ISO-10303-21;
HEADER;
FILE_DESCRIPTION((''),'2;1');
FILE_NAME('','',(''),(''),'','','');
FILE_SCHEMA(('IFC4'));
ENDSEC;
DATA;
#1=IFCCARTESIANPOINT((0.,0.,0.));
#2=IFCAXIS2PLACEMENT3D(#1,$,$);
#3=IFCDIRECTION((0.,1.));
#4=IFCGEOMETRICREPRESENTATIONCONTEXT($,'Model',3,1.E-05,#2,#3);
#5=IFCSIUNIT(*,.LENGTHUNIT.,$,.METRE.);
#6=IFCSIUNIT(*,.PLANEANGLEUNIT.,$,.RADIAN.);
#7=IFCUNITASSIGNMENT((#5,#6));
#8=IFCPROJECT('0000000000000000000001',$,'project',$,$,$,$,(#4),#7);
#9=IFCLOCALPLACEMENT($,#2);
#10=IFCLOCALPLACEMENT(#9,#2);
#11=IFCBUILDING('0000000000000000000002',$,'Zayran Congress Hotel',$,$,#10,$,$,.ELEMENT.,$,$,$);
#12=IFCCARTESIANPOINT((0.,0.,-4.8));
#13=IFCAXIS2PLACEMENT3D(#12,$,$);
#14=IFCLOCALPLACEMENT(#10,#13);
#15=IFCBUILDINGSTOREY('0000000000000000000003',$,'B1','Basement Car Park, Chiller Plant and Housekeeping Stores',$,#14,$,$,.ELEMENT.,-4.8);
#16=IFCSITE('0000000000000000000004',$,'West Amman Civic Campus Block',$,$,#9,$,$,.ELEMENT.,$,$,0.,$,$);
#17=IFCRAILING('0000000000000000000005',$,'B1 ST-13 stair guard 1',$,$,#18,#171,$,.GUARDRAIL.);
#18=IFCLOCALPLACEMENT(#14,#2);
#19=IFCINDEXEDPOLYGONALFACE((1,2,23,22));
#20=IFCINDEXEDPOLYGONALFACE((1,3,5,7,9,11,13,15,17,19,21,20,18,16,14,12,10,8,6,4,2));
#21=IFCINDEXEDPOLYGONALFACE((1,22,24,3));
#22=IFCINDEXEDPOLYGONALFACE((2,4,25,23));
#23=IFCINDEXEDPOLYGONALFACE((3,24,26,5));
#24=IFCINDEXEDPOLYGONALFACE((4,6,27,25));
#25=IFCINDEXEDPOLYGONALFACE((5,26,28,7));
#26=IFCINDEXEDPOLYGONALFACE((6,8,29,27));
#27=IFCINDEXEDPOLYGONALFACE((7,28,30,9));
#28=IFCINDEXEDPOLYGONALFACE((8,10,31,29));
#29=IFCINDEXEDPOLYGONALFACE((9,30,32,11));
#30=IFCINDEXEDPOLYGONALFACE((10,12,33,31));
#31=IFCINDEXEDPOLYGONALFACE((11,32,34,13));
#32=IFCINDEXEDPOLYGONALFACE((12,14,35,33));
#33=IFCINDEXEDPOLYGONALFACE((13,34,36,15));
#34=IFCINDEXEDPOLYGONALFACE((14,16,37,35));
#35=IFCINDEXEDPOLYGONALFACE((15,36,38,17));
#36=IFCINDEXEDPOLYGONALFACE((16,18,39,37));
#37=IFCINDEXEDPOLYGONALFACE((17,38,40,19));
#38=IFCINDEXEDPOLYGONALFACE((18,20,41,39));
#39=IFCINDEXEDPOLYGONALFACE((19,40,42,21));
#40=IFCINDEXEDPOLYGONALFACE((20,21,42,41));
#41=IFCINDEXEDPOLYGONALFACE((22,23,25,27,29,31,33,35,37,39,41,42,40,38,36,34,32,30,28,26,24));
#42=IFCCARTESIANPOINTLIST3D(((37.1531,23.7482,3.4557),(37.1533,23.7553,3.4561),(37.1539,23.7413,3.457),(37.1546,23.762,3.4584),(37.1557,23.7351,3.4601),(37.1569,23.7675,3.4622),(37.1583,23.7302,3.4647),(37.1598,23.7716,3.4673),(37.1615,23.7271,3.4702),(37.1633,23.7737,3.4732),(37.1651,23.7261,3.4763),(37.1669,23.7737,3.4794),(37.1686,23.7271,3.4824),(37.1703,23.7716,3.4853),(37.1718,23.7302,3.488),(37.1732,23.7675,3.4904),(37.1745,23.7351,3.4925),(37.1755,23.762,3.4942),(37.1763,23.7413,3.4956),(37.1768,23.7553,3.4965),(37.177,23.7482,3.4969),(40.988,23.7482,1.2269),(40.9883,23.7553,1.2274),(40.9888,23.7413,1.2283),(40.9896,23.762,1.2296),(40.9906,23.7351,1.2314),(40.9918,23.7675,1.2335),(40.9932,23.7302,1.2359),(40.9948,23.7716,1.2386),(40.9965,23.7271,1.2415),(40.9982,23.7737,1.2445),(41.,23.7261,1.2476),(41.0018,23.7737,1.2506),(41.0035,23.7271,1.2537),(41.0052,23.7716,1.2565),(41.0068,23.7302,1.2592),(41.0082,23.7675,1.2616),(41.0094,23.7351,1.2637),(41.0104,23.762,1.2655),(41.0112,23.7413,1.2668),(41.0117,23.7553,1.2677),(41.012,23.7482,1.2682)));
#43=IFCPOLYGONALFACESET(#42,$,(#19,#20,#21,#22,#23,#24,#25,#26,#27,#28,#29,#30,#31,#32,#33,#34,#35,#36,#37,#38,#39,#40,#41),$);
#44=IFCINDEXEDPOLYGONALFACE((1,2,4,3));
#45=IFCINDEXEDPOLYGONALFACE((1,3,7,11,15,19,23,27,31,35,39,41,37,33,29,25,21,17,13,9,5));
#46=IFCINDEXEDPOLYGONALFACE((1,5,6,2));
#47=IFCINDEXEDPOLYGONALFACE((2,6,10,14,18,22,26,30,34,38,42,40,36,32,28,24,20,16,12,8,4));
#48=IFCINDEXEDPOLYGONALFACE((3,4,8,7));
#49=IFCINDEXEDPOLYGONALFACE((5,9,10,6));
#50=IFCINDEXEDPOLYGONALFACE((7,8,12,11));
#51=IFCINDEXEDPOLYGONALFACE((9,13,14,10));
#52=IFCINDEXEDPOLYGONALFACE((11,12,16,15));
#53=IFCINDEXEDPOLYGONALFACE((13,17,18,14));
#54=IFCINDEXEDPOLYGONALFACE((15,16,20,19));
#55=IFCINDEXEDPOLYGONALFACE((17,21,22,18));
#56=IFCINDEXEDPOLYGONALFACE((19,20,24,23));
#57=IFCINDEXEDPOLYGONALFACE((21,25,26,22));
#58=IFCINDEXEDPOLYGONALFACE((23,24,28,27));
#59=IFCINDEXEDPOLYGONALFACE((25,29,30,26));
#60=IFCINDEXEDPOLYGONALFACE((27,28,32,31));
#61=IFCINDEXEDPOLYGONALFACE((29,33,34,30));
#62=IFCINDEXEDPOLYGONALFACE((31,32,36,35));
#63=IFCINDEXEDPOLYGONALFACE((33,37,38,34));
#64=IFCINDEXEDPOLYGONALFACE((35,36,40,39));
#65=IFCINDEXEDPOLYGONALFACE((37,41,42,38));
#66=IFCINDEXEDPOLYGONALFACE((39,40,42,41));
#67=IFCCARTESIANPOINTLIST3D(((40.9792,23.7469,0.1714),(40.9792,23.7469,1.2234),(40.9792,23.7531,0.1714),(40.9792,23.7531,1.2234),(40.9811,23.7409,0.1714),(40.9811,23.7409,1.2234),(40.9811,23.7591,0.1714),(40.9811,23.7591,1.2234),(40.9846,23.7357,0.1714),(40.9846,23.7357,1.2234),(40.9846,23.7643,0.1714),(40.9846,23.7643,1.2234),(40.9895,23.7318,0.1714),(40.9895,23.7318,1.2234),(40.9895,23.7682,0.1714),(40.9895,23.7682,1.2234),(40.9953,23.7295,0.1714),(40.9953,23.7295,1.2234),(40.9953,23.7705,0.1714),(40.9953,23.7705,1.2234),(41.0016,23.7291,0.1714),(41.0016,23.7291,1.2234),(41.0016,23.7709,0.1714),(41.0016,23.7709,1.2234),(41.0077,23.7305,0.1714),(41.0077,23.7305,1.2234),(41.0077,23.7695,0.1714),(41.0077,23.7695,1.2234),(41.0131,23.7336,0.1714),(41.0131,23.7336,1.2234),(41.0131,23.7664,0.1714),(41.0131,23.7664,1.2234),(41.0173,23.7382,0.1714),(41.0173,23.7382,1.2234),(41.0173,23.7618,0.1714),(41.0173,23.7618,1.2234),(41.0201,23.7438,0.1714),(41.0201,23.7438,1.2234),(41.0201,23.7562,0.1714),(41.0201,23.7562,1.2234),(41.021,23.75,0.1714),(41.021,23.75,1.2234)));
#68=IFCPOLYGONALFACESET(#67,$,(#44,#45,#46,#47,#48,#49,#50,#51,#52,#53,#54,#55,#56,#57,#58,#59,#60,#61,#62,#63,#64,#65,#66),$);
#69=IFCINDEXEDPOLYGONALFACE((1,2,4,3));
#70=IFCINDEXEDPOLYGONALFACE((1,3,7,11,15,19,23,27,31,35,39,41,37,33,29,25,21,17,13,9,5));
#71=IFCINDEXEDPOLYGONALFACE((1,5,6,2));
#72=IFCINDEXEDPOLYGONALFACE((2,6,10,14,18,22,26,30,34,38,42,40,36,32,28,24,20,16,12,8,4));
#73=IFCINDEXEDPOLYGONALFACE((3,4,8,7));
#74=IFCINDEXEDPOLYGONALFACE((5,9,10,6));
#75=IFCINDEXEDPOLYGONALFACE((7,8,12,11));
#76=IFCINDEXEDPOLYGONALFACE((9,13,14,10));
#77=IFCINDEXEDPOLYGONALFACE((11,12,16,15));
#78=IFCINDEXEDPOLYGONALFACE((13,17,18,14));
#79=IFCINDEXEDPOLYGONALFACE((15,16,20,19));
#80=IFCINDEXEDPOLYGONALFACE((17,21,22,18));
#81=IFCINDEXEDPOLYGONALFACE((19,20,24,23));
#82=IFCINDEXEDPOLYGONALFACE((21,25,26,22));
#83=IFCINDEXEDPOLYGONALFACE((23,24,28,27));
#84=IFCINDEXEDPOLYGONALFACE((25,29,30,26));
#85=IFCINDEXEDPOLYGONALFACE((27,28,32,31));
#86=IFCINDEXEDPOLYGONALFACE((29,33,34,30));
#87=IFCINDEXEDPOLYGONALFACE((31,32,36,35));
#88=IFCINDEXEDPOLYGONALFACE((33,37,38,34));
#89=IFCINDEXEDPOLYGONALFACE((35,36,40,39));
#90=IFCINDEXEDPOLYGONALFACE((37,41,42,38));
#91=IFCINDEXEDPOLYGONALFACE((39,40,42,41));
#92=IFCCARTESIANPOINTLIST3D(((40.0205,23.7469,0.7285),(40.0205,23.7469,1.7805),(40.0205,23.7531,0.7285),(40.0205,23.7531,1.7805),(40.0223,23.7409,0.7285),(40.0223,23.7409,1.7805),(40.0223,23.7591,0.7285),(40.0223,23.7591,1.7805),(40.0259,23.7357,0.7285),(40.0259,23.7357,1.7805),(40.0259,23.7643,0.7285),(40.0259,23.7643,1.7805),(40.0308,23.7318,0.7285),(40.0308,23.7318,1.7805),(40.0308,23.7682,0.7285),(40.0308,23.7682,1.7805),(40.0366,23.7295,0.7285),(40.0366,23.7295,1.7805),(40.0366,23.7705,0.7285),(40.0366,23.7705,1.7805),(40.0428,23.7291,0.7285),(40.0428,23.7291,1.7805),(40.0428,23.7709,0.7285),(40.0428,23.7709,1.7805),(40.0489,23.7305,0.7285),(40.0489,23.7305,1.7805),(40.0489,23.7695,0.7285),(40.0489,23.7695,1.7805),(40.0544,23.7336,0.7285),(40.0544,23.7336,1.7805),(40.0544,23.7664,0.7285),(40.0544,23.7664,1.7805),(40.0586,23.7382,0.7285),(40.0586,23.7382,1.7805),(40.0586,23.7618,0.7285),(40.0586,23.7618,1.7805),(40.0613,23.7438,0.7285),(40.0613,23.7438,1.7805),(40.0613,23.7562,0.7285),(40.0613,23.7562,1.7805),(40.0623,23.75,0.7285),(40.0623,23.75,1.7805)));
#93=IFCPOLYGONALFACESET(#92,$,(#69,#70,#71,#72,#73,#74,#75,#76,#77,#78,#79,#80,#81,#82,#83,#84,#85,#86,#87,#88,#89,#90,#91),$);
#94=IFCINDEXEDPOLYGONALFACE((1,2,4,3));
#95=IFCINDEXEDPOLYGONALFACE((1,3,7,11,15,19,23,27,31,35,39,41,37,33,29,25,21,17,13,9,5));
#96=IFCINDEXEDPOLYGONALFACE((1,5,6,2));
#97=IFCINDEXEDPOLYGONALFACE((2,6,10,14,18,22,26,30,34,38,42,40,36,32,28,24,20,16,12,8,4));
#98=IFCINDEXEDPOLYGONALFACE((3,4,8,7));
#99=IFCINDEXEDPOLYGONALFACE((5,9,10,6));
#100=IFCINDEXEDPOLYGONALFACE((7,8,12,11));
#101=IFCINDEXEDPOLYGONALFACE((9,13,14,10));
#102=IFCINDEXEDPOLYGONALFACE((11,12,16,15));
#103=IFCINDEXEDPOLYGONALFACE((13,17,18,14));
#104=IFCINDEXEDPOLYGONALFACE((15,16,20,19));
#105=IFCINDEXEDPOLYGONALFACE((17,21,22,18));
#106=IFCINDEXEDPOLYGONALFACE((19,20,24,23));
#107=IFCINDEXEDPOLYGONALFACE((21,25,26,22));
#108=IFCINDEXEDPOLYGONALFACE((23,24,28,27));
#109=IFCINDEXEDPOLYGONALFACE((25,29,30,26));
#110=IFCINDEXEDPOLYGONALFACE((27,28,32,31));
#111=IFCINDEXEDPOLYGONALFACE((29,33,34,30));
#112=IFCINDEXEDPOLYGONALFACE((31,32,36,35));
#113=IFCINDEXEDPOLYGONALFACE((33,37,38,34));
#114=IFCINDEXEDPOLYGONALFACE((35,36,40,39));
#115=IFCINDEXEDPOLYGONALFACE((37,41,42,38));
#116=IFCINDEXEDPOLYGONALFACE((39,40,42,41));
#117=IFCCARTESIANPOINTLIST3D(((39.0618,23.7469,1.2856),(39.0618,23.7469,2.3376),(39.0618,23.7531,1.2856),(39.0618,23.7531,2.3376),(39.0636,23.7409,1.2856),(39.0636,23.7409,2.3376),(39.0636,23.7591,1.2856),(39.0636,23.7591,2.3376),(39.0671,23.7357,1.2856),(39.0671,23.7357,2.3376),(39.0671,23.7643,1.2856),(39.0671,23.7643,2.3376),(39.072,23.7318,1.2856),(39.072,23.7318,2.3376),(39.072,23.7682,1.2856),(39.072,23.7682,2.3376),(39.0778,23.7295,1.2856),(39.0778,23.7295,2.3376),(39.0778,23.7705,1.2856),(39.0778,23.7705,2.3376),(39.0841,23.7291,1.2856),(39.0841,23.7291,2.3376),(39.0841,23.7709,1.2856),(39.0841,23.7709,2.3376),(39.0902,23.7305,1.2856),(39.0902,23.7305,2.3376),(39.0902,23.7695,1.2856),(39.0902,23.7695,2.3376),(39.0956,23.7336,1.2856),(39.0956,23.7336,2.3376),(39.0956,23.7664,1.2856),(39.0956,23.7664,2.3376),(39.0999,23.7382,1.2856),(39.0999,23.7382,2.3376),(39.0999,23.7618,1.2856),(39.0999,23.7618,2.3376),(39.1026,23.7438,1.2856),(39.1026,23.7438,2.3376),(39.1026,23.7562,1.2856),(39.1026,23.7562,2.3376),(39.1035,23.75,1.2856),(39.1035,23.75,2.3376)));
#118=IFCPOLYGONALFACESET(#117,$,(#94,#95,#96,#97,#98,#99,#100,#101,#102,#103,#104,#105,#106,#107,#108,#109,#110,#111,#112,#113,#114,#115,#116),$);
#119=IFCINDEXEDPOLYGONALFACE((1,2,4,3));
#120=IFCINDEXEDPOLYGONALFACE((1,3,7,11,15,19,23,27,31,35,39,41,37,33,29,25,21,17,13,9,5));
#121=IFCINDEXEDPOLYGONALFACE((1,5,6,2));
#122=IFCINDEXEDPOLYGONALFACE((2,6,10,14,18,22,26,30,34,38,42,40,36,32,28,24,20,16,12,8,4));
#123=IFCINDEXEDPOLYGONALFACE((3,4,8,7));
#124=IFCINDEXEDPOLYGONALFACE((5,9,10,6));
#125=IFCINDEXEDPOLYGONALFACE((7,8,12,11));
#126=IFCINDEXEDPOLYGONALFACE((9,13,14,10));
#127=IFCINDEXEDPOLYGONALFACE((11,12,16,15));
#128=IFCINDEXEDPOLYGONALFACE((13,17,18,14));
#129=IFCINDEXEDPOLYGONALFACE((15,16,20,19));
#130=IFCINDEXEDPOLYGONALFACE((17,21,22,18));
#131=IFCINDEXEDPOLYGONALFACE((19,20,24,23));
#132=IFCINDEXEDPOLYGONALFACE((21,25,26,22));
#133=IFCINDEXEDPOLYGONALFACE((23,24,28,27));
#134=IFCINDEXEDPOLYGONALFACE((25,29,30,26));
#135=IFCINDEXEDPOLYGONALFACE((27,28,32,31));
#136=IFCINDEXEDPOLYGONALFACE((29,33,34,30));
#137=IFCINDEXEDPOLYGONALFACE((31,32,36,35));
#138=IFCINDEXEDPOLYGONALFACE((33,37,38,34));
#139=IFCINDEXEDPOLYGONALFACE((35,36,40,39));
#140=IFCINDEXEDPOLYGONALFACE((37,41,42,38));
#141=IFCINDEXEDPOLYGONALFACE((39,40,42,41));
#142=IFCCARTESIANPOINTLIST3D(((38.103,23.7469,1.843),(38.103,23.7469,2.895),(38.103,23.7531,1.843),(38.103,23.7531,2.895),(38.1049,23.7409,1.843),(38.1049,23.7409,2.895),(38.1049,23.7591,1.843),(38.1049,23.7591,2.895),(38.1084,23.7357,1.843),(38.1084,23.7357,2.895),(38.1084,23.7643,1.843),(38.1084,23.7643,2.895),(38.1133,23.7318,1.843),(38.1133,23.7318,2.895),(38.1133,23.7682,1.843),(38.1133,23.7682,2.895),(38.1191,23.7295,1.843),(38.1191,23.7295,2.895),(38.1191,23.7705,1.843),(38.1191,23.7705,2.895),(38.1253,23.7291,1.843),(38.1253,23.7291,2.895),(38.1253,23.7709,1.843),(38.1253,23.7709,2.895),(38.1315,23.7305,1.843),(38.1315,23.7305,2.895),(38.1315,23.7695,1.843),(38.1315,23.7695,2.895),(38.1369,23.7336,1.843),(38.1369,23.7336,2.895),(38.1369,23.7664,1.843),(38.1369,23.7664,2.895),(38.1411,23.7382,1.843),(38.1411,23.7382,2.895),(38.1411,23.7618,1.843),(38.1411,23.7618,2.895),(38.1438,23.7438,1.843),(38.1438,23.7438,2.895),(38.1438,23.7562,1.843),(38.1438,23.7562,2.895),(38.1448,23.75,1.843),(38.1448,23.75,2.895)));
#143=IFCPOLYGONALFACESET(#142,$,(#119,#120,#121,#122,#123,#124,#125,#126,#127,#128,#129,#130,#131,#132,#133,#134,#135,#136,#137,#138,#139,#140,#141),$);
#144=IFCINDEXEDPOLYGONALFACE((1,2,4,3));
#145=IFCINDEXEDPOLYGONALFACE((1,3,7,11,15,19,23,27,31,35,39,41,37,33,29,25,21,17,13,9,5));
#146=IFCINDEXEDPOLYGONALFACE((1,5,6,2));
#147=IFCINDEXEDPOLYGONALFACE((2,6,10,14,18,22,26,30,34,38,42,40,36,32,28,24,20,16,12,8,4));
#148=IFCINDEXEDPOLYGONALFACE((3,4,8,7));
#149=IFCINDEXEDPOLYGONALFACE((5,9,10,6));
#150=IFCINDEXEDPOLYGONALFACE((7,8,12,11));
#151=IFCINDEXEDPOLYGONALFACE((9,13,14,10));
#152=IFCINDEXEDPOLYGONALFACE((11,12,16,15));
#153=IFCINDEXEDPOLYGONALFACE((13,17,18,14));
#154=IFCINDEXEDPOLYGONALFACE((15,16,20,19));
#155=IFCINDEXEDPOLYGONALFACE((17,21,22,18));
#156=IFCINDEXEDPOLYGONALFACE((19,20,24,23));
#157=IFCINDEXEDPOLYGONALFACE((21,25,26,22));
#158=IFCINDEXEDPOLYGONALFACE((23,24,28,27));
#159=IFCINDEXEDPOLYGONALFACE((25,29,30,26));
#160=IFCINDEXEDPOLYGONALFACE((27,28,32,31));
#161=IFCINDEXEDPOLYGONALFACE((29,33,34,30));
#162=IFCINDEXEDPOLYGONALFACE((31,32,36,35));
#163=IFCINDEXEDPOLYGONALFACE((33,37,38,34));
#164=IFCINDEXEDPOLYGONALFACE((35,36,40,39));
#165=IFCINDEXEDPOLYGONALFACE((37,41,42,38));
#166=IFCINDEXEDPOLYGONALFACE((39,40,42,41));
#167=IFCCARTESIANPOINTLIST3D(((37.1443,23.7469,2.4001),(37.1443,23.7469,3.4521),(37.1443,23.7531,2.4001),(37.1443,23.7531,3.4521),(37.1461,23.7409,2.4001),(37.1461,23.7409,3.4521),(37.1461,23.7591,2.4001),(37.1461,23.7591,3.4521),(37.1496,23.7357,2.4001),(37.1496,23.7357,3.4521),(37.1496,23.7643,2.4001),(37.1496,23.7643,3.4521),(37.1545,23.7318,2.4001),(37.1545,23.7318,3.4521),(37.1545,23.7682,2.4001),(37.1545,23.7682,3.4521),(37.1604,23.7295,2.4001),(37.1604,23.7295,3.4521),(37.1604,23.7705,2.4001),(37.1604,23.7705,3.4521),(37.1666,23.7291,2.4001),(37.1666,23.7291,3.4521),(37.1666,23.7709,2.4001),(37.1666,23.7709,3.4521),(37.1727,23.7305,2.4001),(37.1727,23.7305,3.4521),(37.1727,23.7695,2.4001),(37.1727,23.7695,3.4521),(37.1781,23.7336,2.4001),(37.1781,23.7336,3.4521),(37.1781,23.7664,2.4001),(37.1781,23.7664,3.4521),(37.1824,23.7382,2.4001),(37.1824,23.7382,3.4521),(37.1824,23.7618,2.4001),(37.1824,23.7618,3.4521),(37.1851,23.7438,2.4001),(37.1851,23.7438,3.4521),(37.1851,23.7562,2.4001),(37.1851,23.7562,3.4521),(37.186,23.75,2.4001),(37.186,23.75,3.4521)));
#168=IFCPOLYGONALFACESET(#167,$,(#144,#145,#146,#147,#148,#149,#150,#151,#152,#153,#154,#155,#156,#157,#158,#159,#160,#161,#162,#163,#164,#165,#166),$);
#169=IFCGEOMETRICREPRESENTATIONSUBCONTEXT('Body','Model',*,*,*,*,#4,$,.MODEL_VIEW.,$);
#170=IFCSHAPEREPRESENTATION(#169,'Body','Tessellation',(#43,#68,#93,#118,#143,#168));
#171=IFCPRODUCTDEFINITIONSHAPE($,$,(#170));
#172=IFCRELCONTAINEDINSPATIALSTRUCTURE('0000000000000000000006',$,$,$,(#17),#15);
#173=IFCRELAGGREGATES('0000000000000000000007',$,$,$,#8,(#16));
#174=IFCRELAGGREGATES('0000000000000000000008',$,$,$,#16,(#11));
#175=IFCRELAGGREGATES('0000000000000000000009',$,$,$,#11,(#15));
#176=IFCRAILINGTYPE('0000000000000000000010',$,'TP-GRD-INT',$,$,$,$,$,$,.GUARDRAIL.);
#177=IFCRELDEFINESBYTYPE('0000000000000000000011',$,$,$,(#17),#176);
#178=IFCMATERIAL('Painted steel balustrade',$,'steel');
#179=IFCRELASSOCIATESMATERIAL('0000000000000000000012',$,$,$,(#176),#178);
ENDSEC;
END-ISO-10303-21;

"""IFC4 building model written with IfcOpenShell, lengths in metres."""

from ifc_helpers import new_model, si_unit, direction, frame, origin, origin_2d, place, context, subcontext, project, spatial, circle, extrude, material, type_object, element, save


model = new_model("IFC4")

# Units and contexts
model_context = context("Model", 3, precision=1e-05, world=origin(), true_north=direction((0.0, 1.0)))
body_context = subcontext(model_context, "Body", "Model", "MODEL_VIEW")
ifc_project = project(units=[si_unit("LENGTHUNIT", "METRE"), si_unit("PLANEANGLEUNIT", "RADIAN")], contexts=[model_context])

# Site, building, storey
site_placement = place(None, origin())
site = spatial("IfcSite", under=ifc_project, at=site_placement, Name="West Amman Civic Campus Block", CompositionType="ELEMENT", RefElevation=0.0)
building_placement = place(site_placement, origin())
building = spatial("IfcBuilding", under=site, at=building_placement, Name="Zayran Congress Hotel", CompositionType="ELEMENT")
storey_placement = place(building_placement, frame((0.0, 0.0, -4.8)))
storey = spatial("IfcBuildingStorey", under=building, at=storey_placement, Name="B1", Description="Basement Car Park, Chiller Plant and Housekeeping Stores", CompositionType="ELEMENT", Elevation=-4.8)

# Railing
ifc_material_1 = material(Name="Painted steel balustrade", Category="steel")
railing_type_1 = type_object("IfcRailingType", Name="TP-GRD-INT", PredefinedType="GUARDRAIL", material=ifc_material_1)
railing_1_placement = place(storey_placement, frame((41.0, 23.75, 0.1714)))
element("IfcRailing", 1, at=railing_1_placement, inside=storey, type_object=railing_type_1, Name="B1 ST-13 stair guard 1", PredefinedType="GUARDRAIL", context=body_context, shape_type="SweptSolid", body=[
    extrude(circle(Radius=0.0239, at=origin_2d()), frame((0.0, 0.0, 1.0762), z_axis=(-0.864592, 0.0, 0.502474), x_axis=(0.0, -1.0, 0.0)), (0.0, 0.0, 1.0), 4.4355),
    extrude(circle(Radius=0.021, at=origin_2d()), origin(), (0.0, 0.0, 1.0), 1.052),
    extrude(circle(Radius=0.021, at=origin_2d()), frame((-0.9587, 0.0, 0.5571)), (0.0, 0.0, 1.0), 1.052),
    extrude(circle(Radius=0.021, at=origin_2d()), frame((-1.9175, 0.0, 1.1143)), (0.0, 0.0, 1.0), 1.052),
    extrude(circle(Radius=0.021, at=origin_2d()), frame((-2.8762, 0.0, 1.6716)), (0.0, 0.0, 1.0), 1.052),
    extrude(circle(Radius=0.021, at=origin_2d()), frame((-3.835, 0.0, 2.2288)), (0.0, 0.0, 1.0), 1.052),
])

save(model, "model.ifc")
